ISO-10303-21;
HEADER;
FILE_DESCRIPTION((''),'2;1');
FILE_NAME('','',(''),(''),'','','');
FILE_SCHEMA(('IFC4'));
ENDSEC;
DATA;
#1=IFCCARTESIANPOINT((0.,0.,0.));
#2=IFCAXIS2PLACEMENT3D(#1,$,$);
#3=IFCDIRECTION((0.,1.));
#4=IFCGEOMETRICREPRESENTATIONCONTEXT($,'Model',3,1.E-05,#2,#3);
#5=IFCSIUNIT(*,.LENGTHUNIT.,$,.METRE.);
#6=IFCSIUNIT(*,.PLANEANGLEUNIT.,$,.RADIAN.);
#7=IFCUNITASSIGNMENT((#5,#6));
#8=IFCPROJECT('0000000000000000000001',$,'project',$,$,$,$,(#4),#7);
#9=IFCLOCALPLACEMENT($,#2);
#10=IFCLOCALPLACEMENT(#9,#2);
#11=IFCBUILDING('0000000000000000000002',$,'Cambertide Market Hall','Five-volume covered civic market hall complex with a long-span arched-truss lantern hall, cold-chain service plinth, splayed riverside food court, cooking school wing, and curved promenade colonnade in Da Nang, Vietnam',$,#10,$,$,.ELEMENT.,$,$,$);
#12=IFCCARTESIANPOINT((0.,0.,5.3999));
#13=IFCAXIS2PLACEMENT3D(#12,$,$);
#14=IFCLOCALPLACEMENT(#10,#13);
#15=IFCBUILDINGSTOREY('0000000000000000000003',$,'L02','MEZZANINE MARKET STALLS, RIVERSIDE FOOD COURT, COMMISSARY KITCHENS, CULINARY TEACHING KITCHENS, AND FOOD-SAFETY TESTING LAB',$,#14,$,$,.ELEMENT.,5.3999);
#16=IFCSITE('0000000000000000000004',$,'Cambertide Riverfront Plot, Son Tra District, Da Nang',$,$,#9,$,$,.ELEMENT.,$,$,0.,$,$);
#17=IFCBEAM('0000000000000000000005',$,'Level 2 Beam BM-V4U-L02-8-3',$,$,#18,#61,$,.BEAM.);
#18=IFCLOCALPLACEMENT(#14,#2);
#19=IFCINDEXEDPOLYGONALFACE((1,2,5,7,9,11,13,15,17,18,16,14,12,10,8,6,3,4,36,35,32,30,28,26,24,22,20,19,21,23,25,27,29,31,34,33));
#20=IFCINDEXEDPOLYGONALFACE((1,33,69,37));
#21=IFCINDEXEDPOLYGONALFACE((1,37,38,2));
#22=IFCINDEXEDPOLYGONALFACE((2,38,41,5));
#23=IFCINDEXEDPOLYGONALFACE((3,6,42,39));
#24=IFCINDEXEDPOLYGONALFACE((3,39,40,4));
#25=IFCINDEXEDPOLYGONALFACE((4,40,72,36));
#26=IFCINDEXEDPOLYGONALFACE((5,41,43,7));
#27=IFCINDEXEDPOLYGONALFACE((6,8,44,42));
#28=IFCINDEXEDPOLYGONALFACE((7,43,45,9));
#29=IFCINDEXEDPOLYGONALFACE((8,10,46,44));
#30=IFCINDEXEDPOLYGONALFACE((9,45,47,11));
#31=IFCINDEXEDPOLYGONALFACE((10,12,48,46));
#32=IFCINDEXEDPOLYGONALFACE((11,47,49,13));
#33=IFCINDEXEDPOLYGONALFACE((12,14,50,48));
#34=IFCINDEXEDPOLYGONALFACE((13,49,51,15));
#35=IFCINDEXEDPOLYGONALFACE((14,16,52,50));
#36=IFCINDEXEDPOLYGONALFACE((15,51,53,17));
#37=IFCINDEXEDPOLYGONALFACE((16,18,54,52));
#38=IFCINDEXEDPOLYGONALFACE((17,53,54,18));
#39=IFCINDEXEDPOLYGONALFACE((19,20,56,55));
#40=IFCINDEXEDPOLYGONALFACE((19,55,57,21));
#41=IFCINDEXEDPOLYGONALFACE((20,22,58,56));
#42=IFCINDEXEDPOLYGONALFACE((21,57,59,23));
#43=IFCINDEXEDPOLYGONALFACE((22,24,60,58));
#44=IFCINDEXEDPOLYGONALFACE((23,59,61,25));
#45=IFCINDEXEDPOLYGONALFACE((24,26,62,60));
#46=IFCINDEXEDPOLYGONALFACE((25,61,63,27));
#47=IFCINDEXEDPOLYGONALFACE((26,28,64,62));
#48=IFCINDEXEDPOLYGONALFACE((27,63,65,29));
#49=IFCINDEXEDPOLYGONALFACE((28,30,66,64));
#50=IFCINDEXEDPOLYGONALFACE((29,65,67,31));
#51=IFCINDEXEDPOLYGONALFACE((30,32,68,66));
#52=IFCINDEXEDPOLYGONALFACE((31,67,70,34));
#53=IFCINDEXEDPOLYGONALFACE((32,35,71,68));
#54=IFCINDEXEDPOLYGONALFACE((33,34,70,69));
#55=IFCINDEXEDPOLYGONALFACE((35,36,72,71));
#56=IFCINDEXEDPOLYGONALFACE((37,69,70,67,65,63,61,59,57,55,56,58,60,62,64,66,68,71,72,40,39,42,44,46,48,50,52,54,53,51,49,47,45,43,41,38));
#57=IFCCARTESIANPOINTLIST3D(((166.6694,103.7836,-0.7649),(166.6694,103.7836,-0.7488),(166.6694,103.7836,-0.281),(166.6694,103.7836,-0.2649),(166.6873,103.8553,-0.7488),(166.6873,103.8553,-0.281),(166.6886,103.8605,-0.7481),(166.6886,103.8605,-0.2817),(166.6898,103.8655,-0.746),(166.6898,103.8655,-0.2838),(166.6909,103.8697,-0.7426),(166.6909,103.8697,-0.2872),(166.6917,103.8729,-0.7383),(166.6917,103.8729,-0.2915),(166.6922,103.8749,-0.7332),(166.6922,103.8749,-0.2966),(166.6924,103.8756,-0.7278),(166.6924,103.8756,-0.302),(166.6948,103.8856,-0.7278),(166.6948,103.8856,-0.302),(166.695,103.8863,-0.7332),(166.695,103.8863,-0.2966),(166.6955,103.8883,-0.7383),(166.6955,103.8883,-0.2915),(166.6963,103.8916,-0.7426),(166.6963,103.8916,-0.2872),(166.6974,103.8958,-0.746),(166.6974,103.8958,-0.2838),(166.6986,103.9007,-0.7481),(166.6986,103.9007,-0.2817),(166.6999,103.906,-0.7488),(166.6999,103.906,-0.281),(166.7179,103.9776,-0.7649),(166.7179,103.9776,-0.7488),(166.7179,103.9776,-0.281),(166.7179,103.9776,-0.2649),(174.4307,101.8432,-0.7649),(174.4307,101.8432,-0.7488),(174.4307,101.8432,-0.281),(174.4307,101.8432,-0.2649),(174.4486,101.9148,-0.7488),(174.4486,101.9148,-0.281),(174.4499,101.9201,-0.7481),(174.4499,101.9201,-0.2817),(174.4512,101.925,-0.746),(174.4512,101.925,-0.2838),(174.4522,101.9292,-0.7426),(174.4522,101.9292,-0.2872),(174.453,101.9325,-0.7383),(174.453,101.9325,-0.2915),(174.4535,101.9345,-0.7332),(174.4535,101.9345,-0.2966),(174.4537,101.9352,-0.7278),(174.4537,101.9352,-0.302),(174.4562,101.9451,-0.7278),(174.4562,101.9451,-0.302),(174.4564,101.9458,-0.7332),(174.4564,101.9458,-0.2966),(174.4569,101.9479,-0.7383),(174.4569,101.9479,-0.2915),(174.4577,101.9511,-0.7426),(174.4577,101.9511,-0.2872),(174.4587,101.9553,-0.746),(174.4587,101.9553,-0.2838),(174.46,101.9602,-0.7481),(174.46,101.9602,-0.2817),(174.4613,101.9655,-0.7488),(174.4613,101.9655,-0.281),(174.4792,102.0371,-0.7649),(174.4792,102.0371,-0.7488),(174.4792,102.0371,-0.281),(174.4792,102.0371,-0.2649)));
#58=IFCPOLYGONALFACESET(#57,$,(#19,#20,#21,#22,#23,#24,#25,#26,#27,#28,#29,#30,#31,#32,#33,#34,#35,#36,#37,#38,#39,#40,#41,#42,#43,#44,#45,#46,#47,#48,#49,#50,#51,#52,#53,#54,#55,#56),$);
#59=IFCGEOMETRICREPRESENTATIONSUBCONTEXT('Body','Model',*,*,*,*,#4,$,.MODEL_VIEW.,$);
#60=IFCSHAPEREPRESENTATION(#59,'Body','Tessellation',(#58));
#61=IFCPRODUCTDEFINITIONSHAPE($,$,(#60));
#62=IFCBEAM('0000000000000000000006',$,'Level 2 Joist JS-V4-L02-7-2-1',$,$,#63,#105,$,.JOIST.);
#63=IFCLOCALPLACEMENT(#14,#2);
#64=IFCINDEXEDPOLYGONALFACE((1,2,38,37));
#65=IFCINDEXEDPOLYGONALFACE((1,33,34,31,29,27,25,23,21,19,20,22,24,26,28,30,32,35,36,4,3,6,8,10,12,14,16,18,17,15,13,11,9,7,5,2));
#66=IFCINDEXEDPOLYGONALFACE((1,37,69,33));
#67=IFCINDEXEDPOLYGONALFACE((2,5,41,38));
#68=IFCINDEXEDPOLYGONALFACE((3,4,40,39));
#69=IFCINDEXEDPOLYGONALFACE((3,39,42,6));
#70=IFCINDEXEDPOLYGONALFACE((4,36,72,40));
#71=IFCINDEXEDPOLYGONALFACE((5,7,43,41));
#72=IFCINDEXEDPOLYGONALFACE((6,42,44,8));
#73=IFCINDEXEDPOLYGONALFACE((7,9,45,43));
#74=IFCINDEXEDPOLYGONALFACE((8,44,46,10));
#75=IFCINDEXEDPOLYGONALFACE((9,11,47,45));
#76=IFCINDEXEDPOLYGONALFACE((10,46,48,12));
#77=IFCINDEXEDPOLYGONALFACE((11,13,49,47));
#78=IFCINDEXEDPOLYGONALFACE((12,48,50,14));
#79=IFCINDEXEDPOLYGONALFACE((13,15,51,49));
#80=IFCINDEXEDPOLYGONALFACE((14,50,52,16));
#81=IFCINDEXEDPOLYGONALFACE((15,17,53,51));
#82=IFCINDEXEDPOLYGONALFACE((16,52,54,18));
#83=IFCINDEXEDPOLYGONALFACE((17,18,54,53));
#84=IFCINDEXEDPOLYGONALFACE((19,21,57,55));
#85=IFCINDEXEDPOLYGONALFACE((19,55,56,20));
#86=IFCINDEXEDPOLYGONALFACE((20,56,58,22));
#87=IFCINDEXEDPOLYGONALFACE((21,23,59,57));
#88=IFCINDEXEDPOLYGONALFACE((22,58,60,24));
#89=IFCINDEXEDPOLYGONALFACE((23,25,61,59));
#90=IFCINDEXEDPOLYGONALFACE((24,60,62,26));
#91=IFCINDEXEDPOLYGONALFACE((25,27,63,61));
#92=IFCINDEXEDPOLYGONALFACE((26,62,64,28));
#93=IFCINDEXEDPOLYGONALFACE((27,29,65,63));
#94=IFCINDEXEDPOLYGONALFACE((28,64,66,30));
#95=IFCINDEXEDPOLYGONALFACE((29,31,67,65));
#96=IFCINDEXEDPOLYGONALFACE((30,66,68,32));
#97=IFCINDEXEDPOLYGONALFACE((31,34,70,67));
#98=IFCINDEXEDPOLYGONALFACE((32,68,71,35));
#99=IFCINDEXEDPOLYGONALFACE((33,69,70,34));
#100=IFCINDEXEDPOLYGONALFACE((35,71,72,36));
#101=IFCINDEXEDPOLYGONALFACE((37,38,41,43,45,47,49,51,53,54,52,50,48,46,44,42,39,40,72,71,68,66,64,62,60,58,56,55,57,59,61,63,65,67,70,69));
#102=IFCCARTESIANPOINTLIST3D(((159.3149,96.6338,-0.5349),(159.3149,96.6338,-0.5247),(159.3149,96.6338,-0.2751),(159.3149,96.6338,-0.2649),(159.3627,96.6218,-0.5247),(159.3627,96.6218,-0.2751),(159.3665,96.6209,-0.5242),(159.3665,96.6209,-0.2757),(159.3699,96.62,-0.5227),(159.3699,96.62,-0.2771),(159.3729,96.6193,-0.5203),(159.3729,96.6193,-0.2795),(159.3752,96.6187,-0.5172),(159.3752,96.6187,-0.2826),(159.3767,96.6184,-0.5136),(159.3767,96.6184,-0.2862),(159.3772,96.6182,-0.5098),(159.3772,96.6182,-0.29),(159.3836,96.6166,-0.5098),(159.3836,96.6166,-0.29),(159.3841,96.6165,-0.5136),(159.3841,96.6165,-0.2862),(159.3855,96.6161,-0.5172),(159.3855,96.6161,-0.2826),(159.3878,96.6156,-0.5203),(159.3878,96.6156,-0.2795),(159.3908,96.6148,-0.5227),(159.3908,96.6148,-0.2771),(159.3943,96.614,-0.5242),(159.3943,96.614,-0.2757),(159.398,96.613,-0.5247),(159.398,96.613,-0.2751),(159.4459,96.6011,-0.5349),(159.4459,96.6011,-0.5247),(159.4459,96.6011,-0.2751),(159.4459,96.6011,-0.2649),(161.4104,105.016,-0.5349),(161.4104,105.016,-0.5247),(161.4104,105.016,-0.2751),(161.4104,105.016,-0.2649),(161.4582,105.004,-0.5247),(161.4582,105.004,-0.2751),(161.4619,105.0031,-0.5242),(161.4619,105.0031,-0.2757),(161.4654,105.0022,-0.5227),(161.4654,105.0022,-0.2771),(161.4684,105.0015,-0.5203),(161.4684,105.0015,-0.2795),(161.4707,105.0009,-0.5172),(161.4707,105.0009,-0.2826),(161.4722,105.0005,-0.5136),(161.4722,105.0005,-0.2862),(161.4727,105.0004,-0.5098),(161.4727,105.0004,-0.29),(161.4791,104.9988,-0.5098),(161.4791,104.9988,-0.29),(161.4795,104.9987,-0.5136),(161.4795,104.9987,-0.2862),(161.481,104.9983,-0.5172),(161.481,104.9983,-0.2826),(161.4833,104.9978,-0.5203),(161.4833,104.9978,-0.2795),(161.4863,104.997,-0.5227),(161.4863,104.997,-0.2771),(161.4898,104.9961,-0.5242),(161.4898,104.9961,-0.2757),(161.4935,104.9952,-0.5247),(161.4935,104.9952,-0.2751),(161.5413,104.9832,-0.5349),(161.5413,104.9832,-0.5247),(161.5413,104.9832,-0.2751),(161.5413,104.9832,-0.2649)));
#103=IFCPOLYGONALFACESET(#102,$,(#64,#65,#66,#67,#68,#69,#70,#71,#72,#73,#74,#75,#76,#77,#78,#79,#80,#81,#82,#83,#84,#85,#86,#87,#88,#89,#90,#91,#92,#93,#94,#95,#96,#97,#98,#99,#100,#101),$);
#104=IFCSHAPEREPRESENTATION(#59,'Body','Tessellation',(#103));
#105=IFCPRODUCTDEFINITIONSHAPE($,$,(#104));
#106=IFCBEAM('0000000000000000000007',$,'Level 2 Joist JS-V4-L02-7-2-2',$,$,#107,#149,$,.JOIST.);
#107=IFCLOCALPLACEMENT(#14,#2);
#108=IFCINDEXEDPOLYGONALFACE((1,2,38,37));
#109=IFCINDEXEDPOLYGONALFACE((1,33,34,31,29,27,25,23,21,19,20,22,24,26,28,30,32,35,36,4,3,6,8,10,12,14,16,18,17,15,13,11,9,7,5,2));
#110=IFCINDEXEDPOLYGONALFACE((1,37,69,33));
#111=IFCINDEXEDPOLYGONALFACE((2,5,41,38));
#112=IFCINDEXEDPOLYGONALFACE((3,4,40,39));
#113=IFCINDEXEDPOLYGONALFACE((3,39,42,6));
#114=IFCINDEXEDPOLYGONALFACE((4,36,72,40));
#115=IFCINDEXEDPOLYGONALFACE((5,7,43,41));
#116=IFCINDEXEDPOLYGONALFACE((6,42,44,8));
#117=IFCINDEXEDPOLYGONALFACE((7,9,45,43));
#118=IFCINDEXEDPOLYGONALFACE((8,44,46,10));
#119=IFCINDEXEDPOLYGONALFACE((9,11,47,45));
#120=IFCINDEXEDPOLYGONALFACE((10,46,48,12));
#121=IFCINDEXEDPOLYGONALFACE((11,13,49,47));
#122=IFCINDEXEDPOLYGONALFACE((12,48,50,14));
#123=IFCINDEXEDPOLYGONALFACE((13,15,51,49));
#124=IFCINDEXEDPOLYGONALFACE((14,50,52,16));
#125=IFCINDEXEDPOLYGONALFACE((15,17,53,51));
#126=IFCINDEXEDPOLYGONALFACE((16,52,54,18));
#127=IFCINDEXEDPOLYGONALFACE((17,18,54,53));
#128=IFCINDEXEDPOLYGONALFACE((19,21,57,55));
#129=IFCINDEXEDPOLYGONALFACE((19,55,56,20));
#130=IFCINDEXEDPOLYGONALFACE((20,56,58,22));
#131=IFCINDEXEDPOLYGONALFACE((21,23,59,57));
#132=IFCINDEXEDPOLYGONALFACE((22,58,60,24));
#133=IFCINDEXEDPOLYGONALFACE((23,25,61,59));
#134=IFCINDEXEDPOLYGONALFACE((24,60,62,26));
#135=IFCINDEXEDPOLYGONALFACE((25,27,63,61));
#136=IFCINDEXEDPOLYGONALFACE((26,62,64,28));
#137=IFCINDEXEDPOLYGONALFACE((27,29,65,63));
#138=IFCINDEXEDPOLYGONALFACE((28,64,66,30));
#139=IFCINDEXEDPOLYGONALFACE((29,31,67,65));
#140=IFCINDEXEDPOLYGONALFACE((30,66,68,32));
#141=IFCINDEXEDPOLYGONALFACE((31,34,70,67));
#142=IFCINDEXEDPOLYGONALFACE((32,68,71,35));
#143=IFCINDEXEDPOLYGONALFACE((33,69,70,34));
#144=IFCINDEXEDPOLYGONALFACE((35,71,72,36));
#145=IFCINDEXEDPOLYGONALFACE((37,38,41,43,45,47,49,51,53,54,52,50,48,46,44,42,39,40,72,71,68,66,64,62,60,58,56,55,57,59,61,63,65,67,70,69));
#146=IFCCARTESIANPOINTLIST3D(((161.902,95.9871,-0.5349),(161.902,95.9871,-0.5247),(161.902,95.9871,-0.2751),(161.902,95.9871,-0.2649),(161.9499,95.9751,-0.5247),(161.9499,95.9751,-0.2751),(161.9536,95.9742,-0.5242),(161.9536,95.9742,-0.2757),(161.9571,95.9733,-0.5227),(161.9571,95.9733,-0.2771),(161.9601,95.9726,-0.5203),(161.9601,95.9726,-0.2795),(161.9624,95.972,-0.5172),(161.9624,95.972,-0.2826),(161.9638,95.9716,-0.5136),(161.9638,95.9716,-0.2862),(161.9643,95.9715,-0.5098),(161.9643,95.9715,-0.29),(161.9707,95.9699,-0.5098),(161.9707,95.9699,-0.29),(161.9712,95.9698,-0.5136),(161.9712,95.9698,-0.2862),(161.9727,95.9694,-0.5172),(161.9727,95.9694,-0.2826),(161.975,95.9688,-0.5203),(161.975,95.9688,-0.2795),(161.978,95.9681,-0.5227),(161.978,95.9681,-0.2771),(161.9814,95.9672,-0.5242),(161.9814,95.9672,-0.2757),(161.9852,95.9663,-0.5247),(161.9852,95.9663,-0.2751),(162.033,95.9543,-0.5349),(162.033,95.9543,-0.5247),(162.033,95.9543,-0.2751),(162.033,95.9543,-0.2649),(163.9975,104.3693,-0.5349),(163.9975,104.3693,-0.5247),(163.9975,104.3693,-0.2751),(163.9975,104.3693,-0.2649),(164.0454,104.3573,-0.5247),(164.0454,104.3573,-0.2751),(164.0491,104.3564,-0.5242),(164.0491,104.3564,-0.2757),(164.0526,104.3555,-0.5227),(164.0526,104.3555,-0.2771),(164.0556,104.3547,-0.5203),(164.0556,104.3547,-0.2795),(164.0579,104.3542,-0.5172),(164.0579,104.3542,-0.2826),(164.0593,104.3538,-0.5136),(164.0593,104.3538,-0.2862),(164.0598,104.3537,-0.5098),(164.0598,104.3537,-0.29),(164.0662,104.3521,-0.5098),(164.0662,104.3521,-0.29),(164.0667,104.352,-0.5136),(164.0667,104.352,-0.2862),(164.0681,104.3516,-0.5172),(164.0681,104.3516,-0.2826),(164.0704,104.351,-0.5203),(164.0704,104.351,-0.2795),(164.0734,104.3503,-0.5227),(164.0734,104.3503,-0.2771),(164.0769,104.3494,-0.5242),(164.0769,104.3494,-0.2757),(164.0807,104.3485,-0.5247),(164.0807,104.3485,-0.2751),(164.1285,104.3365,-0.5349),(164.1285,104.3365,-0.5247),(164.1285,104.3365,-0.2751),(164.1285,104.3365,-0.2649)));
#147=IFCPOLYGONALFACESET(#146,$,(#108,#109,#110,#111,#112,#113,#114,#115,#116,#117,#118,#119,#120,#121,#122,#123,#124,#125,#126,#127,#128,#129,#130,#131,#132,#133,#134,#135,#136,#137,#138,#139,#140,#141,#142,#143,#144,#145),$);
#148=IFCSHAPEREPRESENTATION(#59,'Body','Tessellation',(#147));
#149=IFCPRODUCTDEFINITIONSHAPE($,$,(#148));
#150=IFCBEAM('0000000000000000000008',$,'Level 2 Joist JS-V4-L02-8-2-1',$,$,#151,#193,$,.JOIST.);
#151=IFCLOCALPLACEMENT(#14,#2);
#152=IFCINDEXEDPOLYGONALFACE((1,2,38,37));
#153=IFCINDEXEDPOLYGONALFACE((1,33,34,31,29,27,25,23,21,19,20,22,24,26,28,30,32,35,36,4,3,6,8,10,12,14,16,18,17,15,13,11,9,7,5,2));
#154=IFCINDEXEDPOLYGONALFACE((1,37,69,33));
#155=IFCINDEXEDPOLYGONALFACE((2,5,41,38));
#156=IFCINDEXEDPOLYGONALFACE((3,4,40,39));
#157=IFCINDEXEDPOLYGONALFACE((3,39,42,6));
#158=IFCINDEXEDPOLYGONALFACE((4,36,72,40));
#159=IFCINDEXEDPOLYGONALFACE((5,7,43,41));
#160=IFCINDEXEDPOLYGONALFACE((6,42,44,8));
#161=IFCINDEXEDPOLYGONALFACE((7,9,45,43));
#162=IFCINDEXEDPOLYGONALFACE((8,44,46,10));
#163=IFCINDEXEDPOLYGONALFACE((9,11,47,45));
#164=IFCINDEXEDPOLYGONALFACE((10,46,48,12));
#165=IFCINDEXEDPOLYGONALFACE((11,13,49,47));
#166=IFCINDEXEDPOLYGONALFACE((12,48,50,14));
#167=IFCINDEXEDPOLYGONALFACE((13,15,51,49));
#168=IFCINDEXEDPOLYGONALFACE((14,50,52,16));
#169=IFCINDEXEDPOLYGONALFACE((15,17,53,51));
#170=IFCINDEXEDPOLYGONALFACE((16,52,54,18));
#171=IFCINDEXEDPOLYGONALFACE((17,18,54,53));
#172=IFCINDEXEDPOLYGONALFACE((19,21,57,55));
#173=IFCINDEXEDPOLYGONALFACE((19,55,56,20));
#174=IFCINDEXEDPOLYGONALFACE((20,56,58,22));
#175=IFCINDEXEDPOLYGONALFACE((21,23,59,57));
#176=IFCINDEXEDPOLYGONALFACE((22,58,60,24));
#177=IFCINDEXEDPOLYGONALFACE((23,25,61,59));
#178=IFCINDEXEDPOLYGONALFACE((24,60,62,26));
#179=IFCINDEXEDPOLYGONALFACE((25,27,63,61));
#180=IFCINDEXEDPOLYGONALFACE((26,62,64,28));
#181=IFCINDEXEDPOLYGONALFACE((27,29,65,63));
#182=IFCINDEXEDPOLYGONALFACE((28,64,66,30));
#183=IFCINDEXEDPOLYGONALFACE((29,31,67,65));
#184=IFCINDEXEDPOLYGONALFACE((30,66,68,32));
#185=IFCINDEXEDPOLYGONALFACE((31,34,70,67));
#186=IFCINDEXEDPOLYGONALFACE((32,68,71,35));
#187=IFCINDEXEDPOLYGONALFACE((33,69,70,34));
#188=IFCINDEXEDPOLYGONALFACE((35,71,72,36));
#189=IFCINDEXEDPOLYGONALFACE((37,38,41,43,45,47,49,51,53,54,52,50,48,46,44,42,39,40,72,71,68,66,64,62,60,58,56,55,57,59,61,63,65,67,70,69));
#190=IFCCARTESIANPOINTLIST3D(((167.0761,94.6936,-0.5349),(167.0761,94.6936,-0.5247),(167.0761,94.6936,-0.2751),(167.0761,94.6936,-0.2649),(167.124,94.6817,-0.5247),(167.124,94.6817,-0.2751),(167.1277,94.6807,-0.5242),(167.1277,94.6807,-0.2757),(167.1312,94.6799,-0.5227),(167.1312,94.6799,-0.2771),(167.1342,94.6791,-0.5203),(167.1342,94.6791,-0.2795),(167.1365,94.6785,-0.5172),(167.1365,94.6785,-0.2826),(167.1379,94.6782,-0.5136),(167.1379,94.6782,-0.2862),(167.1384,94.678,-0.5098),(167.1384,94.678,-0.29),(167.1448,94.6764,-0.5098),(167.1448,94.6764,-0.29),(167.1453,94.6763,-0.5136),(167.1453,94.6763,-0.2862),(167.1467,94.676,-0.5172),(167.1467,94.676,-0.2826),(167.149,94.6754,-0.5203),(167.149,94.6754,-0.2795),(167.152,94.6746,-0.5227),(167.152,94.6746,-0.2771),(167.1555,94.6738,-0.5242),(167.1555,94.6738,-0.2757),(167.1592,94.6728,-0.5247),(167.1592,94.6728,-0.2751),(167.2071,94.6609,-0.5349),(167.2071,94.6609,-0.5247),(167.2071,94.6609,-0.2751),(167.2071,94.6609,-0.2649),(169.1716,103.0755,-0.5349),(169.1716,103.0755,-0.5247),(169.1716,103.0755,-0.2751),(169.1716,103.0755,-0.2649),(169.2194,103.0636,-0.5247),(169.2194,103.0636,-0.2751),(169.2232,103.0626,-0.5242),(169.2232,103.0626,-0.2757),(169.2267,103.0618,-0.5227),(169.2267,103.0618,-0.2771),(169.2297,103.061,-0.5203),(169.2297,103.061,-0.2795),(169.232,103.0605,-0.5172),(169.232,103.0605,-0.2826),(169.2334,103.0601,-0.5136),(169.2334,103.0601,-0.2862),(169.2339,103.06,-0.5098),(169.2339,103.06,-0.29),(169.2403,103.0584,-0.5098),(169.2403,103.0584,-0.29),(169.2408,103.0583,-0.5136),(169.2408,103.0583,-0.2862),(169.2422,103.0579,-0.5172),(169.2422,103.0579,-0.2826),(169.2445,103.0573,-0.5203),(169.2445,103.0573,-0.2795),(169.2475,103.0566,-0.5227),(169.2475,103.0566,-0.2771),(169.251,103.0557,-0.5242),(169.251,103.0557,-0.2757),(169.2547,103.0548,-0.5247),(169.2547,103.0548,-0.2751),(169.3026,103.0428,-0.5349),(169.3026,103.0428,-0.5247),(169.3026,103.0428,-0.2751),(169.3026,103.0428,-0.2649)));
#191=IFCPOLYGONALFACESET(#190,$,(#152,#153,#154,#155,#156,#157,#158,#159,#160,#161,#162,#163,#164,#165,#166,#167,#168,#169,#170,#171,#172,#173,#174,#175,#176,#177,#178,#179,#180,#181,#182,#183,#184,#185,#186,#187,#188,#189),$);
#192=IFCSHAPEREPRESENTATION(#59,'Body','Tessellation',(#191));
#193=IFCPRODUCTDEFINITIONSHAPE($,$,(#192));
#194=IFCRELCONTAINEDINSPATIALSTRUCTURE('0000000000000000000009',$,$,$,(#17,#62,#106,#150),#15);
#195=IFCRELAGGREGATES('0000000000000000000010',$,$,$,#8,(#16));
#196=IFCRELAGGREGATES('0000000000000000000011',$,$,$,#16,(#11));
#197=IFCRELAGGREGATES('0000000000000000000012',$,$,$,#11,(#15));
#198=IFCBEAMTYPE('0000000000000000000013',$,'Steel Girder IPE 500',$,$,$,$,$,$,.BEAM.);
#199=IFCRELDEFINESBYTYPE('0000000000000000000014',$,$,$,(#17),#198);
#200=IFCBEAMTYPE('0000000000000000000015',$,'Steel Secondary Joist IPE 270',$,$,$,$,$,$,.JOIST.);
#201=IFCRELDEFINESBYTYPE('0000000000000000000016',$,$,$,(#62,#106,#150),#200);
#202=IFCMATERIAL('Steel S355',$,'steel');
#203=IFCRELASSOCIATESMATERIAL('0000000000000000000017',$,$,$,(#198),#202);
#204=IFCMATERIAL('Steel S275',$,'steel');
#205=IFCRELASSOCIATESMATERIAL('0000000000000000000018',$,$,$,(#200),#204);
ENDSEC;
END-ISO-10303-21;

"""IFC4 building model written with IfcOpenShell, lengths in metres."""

from ifc_helpers import new_model, si_unit, direction, frame, origin, origin_2d, place, context, subcontext, project, spatial, i_section, extrude, material, material_profile, profile_set, type_object, element, save


model = new_model("IFC4")

# Units and contexts
model_context = context("Model", 3, precision=1e-05, world=origin(), true_north=direction((0.0, 1.0)))
body_context = subcontext(model_context, "Body", "Model", "MODEL_VIEW")
ifc_project = project(units=[si_unit("LENGTHUNIT", "METRE"), si_unit("PLANEANGLEUNIT", "RADIAN")], contexts=[model_context])

# Site, building, storey
site_placement = place(None, origin())
site = spatial("IfcSite", under=ifc_project, at=site_placement, Name="Cambertide Riverfront Plot, Son Tra District, Da Nang", CompositionType="ELEMENT", RefElevation=0.0)
building_placement = place(site_placement, origin())
building = spatial("IfcBuilding", under=site, at=building_placement, Name="Cambertide Market Hall", Description="Five-volume covered civic market hall complex with a long-span arched-truss lantern hall, cold-chain service plinth, splayed riverside food court, cooking school wing, and curved promenade colonnade in Da Nang, Vietnam", CompositionType="ELEMENT")
storey_placement = place(building_placement, frame((0.0, 0.0, 5.3999)))
storey = spatial("IfcBuildingStorey", under=building, at=storey_placement, Name="L02", Description="MEZZANINE MARKET STALLS, RIVERSIDE FOOD COURT, COMMISSARY KITCHENS, CULINARY TEACHING KITCHENS, AND FOOD-SAFETY TESTING LAB", CompositionType="ELEMENT", Elevation=5.3999)

# Beams
ifc_material_1 = material(Name="Steel S355", Category="steel")
ifc_material_profile_1 = material_profile(ifc_material_1, i_section(OverallWidth=0.2, OverallDepth=0.5, WebThickness=0.0103, FlangeThickness=0.0161, FilletRadius=0.021, at=origin_2d()), Name="IPE 500")
ifc_profile_set_1 = profile_set([ifc_material_profile_1], Name="Steel S355")
beam_type_1 = type_object("IfcBeamType", Name="Steel Girder IPE 500", PredefinedType="BEAM", material=ifc_profile_set_1)
beam_1_placement = place(storey_placement, frame((166.6936, 103.8806, -0.5149), z_axis=(0.970139, -0.24255, 0.0), x_axis=(0.24255, 0.970139, 0.0)))
element("IfcBeam", 1, at=beam_1_placement, inside=storey, type_object=beam_type_1, Name="Level 2 Beam BM-V4U-L02-8-3", PredefinedType="BEAM", context=body_context, shape_type="SweptSolid", body=[
    extrude(i_section(OverallWidth=0.2, OverallDepth=0.5, WebThickness=0.0103, FlangeThickness=0.0161, FilletRadius=0.021, at=origin_2d()), origin(), (0.0, 0.0, 1.0), 8.0002),
])
ifc_material_2 = material(Name="Steel S275", Category="steel")
ifc_material_profile_2 = material_profile(ifc_material_2, i_section(OverallWidth=0.135, OverallDepth=0.27, WebThickness=0.0066, FlangeThickness=0.0103, FilletRadius=0.0149, at=origin_2d()), Name="IPE 270")
ifc_profile_set_2 = profile_set([ifc_material_profile_2], Name="Steel S275")
beam_type_2 = type_object("IfcBeamType", Name="Steel Secondary Joist IPE 270", PredefinedType="JOIST", material=ifc_profile_set_2)
for number, where, z_axis, x_axis, name in (
    (2, (159.3804, 96.6174, -0.3999), (0.242529, 0.970144, 0.0), (-0.970144, 0.242529, 0.0), "Level 2 Joist JS-V4-L02-7-2-1"),
    (3, (161.9675, 95.9707, -0.3999), (0.242529, 0.970144, 0.0), (-0.970144, 0.242529, 0.0), "Level 2 Joist JS-V4-L02-7-2-2"),
):
    element("IfcBeam", number, at=place(storey_placement, frame(where, z_axis=z_axis, x_axis=x_axis)), inside=storey, type_object=beam_type_2, Name=name, PredefinedType="JOIST", context=body_context, shape_type="SweptSolid", body=[
        extrude(i_section(OverallWidth=0.135, OverallDepth=0.27, WebThickness=0.0066, FlangeThickness=0.0103, FilletRadius=0.0149, at=origin_2d()), origin(), (0.0, 0.0, 1.0), 8.6401),
    ])
beam_2_placement = place(storey_placement, frame((167.1416, 94.6772, -0.3999), z_axis=(0.242536, 0.970143, 0.0), x_axis=(-0.970143, 0.242536, 0.0)))
element("IfcBeam", 4, at=beam_2_placement, inside=storey, type_object=beam_type_2, Name="Level 2 Joist JS-V4-L02-8-2-1", PredefinedType="JOIST", context=body_context, shape_type="SweptSolid", body=[
    extrude(i_section(OverallWidth=0.135, OverallDepth=0.27, WebThickness=0.0066, FlangeThickness=0.0103, FilletRadius=0.0149, at=origin_2d()), origin(), (0.0, 0.0, 1.0), 8.6399),
])

save(model, "model.ifc")
